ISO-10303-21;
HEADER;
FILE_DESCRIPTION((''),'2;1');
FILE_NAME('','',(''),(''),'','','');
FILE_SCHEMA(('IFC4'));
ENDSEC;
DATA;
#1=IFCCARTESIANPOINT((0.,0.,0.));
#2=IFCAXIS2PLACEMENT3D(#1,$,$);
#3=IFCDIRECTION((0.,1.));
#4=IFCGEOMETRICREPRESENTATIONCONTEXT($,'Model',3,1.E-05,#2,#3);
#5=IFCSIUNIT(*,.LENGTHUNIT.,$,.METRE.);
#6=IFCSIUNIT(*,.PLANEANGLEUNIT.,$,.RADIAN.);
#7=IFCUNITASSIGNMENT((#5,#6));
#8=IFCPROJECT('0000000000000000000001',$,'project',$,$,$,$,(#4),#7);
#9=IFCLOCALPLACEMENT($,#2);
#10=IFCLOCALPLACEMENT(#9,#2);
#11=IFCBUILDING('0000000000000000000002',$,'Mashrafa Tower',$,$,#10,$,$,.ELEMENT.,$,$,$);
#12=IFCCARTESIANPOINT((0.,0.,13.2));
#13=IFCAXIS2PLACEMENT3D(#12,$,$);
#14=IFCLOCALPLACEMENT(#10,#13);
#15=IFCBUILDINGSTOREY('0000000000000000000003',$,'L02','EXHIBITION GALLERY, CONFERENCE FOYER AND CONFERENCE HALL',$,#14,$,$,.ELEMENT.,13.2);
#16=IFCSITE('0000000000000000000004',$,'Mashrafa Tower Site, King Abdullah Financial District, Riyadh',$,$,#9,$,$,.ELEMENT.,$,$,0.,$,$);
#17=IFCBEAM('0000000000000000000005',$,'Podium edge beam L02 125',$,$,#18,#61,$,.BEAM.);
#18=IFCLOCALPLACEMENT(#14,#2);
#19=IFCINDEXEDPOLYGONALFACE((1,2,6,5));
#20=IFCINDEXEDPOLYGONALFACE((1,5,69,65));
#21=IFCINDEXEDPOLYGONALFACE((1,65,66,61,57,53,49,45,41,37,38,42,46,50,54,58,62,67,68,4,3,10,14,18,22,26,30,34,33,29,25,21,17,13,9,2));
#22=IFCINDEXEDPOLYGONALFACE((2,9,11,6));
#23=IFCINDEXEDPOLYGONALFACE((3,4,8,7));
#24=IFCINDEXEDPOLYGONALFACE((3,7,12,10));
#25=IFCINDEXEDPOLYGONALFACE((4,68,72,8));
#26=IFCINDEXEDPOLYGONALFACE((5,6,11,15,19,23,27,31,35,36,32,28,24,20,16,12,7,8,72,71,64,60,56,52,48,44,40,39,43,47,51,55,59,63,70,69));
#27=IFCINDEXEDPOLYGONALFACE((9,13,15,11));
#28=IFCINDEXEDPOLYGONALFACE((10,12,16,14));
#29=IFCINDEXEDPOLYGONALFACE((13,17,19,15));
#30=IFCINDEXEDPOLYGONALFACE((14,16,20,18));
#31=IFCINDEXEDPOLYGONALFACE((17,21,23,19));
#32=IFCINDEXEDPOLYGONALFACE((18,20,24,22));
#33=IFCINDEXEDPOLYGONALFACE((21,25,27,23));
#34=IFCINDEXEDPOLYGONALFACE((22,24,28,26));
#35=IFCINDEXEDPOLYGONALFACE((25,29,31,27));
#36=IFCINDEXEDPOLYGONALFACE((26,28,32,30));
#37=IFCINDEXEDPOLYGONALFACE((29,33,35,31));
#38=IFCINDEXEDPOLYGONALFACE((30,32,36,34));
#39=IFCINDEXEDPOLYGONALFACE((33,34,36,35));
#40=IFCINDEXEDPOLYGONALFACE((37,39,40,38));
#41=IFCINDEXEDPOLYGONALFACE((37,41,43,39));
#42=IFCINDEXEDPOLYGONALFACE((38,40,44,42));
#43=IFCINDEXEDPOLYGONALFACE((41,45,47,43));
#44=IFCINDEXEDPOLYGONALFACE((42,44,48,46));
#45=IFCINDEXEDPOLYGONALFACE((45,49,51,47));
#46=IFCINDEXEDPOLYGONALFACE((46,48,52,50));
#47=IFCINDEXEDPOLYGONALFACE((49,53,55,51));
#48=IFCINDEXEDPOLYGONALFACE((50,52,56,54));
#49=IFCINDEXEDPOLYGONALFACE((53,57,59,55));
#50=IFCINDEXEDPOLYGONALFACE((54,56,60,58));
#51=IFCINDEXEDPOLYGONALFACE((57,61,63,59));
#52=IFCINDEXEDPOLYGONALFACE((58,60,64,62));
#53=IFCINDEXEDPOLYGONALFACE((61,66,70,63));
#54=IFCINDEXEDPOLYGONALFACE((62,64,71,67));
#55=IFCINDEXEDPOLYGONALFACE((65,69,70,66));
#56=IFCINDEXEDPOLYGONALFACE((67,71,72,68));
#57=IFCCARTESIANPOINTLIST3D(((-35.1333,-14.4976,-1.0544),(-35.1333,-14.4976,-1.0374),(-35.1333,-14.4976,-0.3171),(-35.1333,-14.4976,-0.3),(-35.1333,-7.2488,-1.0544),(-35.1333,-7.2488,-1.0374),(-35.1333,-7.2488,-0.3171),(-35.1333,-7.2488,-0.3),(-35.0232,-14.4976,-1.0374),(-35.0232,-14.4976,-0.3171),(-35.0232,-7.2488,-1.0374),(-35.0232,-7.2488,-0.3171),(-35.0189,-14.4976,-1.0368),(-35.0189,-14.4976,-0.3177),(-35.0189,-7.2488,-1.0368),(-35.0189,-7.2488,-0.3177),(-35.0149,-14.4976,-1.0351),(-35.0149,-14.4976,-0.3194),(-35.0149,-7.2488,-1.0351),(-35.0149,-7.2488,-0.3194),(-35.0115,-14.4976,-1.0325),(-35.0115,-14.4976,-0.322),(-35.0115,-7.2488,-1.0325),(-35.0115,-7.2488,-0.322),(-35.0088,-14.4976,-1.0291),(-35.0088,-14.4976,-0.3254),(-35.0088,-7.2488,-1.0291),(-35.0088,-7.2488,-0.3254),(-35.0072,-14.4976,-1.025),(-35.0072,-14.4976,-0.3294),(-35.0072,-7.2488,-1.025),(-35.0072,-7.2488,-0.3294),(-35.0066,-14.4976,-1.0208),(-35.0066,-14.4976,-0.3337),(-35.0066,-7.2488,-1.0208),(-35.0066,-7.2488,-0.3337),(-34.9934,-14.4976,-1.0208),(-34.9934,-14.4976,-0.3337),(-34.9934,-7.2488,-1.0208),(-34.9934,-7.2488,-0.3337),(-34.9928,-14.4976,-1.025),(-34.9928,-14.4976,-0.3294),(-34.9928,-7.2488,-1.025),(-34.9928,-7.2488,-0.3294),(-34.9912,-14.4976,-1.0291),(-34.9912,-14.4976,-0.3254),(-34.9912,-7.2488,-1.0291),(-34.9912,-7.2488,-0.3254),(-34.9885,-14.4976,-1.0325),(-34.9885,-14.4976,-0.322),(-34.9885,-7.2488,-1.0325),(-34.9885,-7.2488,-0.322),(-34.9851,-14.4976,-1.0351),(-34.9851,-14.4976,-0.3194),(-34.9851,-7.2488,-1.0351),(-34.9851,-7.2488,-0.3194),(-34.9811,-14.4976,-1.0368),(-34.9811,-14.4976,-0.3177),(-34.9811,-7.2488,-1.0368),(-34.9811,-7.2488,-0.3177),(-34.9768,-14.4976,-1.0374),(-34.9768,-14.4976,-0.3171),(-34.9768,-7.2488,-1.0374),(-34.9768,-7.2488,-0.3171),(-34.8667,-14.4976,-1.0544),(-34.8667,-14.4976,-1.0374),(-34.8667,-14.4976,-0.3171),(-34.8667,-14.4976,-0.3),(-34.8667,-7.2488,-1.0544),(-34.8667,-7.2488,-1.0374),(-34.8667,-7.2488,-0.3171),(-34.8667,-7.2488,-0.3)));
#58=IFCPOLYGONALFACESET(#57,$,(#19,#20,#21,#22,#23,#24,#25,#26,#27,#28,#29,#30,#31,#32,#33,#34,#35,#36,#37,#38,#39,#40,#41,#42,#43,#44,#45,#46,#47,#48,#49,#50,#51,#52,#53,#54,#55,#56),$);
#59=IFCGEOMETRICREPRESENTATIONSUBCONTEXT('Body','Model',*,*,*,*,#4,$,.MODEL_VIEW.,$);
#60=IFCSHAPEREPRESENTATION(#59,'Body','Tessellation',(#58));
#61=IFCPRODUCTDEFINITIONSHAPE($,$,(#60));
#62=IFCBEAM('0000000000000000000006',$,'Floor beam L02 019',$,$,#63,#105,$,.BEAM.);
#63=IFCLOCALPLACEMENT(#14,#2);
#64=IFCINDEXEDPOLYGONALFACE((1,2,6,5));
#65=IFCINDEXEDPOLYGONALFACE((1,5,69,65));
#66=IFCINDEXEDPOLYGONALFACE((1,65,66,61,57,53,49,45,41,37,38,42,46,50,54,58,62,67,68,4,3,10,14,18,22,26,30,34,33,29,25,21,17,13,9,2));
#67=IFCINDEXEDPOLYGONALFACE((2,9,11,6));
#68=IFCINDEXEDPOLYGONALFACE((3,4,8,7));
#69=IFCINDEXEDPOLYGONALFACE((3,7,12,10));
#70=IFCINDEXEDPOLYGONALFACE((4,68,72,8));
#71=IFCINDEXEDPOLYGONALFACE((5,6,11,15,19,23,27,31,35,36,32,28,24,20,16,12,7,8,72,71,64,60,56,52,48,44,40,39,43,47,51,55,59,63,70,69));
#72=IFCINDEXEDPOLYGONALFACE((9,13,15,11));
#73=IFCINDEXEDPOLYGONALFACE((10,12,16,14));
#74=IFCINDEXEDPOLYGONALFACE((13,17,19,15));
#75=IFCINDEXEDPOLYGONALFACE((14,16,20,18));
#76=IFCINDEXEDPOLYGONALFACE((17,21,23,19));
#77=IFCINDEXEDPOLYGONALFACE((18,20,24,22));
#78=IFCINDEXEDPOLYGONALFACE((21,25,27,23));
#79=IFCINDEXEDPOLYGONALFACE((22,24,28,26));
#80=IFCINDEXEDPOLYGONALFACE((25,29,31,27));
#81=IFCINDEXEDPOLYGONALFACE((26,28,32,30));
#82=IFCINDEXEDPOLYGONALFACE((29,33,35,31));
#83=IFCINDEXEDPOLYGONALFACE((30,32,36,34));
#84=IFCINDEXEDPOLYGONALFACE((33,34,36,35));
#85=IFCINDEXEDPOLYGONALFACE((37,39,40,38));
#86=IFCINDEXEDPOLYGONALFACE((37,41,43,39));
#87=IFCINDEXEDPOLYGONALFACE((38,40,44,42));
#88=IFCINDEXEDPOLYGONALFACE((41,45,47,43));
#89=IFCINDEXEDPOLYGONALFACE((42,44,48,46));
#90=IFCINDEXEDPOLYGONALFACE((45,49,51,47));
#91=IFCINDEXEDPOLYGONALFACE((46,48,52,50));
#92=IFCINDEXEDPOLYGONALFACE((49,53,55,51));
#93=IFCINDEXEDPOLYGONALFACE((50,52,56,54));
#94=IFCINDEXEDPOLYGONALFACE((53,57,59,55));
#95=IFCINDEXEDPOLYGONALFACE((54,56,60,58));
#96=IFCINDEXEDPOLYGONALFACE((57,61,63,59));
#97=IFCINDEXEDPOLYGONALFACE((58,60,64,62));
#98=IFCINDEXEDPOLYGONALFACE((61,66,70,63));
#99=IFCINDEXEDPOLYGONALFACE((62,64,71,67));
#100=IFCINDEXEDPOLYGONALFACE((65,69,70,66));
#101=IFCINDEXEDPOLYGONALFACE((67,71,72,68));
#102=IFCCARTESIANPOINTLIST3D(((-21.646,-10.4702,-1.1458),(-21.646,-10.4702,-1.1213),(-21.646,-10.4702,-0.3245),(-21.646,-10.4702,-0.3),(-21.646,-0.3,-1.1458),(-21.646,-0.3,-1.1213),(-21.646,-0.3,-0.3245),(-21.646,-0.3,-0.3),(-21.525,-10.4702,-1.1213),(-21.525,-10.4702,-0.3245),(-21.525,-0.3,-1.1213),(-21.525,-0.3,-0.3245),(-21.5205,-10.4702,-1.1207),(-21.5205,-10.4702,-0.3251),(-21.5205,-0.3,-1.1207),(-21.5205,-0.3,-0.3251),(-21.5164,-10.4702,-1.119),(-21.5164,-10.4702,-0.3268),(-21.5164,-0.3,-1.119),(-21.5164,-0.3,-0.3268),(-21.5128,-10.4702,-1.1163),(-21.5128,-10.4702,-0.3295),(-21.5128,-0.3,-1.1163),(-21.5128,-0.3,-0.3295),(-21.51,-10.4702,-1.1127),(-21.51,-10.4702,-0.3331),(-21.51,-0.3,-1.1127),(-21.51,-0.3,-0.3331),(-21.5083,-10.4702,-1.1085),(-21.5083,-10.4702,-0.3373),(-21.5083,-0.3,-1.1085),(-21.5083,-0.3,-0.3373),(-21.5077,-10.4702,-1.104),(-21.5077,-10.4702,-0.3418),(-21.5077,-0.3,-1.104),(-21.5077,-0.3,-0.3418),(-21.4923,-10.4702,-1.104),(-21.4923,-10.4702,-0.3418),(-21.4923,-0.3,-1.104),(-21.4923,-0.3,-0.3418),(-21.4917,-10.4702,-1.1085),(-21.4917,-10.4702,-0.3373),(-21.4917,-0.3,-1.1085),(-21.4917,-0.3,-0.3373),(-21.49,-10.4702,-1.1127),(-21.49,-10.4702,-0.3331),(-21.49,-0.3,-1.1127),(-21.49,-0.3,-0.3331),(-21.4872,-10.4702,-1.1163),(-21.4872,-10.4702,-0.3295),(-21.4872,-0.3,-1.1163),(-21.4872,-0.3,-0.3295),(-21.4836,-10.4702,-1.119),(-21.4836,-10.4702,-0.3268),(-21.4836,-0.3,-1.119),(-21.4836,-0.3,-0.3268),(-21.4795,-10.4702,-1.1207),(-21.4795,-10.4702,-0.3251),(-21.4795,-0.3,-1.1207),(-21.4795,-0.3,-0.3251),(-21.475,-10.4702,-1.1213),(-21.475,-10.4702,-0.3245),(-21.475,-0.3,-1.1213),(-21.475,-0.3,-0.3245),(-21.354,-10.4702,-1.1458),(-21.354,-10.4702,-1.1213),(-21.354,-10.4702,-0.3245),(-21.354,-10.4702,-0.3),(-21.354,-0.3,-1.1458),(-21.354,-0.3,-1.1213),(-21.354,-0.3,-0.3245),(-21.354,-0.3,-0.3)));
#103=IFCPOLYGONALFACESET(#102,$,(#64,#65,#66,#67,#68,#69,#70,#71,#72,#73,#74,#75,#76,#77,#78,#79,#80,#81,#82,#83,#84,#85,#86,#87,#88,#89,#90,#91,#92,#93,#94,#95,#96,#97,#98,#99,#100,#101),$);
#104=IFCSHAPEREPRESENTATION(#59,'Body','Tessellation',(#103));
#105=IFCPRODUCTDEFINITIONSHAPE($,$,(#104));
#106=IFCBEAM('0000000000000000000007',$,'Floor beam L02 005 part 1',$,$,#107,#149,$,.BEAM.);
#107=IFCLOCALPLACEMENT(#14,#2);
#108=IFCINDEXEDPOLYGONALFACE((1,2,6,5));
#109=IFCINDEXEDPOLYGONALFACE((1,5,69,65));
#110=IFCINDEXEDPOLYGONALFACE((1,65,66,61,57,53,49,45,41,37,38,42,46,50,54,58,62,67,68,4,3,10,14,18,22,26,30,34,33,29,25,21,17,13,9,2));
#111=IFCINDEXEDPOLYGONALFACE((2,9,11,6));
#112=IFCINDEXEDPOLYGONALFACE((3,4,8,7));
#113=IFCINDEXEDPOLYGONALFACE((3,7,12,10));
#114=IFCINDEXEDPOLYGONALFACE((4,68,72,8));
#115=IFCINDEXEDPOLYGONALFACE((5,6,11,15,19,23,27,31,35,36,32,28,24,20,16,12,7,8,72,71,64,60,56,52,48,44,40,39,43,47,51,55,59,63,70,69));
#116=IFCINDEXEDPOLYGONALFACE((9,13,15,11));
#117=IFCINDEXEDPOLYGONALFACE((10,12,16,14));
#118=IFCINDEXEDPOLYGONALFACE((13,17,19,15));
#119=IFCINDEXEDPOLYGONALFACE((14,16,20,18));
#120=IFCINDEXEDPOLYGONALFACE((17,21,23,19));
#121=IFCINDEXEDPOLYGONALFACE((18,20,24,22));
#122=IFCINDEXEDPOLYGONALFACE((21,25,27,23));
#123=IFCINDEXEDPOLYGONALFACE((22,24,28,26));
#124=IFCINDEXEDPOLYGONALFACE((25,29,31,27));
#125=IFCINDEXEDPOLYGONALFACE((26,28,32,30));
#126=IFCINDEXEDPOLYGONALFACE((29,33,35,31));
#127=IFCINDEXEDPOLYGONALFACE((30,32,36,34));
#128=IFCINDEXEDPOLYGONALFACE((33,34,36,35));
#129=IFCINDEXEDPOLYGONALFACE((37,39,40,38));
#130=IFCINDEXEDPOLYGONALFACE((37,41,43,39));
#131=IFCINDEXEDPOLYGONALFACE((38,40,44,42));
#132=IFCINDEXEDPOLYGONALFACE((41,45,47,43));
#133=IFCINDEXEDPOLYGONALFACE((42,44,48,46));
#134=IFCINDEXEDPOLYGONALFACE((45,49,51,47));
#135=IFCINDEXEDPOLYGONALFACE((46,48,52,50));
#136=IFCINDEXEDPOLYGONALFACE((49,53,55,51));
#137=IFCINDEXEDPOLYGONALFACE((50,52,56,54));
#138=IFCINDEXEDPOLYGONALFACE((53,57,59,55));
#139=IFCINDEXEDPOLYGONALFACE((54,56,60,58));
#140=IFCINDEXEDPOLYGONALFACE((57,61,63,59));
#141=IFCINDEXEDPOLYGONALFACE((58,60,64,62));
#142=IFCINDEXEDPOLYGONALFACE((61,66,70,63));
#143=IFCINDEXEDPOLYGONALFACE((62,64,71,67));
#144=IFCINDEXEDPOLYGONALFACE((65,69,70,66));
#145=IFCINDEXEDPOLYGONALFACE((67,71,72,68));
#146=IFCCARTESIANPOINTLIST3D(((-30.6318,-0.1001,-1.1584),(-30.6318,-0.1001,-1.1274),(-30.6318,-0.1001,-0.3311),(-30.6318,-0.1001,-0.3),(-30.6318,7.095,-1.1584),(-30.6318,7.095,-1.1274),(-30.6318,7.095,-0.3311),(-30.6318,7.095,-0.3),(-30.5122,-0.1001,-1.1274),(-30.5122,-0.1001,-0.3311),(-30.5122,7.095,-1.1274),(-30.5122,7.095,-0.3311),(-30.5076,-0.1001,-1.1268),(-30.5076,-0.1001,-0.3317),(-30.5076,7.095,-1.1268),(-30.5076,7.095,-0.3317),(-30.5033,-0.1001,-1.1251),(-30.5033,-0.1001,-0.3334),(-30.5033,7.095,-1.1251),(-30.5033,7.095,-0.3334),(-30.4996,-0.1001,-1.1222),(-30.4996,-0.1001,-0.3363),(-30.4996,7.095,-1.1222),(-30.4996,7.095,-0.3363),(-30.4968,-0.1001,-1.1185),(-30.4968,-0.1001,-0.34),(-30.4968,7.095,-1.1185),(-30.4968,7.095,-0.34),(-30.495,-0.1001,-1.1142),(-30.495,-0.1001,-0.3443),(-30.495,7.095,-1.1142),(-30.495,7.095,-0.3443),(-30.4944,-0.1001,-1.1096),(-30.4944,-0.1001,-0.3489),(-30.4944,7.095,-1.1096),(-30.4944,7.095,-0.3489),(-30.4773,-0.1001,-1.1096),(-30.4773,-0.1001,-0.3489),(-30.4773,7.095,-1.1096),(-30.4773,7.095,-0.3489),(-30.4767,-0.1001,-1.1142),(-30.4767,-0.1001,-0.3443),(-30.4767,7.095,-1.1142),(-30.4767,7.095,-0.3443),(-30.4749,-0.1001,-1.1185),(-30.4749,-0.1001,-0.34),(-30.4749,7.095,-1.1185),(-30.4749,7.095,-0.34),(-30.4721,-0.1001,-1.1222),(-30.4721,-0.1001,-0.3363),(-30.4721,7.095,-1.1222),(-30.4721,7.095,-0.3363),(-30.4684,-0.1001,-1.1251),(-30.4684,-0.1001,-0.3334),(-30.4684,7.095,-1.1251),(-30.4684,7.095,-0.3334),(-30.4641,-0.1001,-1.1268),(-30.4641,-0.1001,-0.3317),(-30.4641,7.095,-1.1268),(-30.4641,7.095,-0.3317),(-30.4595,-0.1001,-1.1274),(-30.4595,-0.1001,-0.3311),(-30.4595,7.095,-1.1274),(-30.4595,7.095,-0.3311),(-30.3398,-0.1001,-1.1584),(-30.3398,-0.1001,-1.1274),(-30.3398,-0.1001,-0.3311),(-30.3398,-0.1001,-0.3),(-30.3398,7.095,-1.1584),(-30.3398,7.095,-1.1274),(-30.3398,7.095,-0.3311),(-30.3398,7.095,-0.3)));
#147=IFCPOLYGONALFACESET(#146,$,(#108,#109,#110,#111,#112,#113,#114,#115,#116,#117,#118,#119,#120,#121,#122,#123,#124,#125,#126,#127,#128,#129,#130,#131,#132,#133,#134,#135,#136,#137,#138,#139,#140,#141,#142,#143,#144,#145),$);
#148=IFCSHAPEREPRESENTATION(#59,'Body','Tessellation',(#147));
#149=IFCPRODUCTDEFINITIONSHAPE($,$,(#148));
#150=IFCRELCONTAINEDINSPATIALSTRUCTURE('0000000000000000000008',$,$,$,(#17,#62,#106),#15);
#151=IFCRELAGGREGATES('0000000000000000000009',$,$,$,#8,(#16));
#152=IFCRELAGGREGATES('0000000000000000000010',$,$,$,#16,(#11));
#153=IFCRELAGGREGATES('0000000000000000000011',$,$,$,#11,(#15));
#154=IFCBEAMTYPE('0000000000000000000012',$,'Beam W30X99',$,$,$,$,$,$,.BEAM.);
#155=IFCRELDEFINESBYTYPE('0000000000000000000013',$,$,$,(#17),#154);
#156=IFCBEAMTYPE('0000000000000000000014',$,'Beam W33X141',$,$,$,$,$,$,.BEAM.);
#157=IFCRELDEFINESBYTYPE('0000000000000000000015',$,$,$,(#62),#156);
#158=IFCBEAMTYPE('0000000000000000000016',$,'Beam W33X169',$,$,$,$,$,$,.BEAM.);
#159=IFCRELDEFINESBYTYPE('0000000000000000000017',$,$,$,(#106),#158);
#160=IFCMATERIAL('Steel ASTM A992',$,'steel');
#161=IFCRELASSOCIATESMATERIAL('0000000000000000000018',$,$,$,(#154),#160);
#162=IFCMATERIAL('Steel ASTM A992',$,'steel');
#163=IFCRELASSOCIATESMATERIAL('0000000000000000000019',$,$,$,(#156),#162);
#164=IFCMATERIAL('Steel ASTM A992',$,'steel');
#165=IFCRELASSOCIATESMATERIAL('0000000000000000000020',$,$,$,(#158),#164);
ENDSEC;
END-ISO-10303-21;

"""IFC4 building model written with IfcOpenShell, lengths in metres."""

from ifc_helpers import new_model, si_unit, direction, frame, origin, origin_2d, place, context, subcontext, project, spatial, i_section, extrude, material, material_profile, profile_set, type_object, element, save


model = new_model("IFC4")

# Units and contexts
model_context = context("Model", 3, precision=1e-05, world=origin(), true_north=direction((0.0, 1.0)))
body_context = subcontext(model_context, "Body", "Model", "MODEL_VIEW")
ifc_project = project(units=[si_unit("LENGTHUNIT", "METRE"), si_unit("PLANEANGLEUNIT", "RADIAN")], contexts=[model_context])

# Site, building, storey
site_placement = place(None, origin())
site = spatial("IfcSite", under=ifc_project, at=site_placement, Name="Mashrafa Tower Site, King Abdullah Financial District, Riyadh", CompositionType="ELEMENT", RefElevation=0.0)
building_placement = place(site_placement, origin())
building = spatial("IfcBuilding", under=site, at=building_placement, Name="Mashrafa Tower", CompositionType="ELEMENT")
storey_placement = place(building_placement, frame((0.0, 0.0, 13.2)))
storey = spatial("IfcBuildingStorey", under=building, at=storey_placement, Name="L02", Description="EXHIBITION GALLERY, CONFERENCE FOYER AND CONFERENCE HALL", CompositionType="ELEMENT", Elevation=13.2)

# Beams
ifc_material_1 = material(Name="Steel ASTM A992", Category="steel")
ifc_material_profile_1 = material_profile(ifc_material_1, i_section(OverallWidth=0.2666, OverallDepth=0.7544, WebThickness=0.0132, FlangeThickness=0.0171, FilletRadius=0.0166, at=origin_2d()), Name="W30X99")
ifc_profile_set_1 = profile_set([ifc_material_profile_1], Name="Steel ASTM A992")
beam_type_1 = type_object("IfcBeamType", Name="Beam W30X99", PredefinedType="BEAM", material=ifc_profile_set_1)
beam_1_placement = place(storey_placement, frame((-35.0, -7.2488, -0.6772), z_axis=(0.0, -1.0, 0.0), x_axis=(1.0, 0.0, 0.0)))
element("IfcBeam", 1, at=beam_1_placement, inside=storey, type_object=beam_type_1, Name="Podium edge beam L02 125", PredefinedType="BEAM", context=body_context, shape_type="SweptSolid", body=[
    extrude(i_section(OverallWidth=0.2666, OverallDepth=0.7544, WebThickness=0.0132, FlangeThickness=0.0171, FilletRadius=0.0166, at=origin_2d()), origin(), (0.0, 0.0, 1.0), 7.2488),
])
ifc_material_2 = material(Name="Steel ASTM A992", Category="steel")
ifc_material_profile_2 = material_profile(ifc_material_2, i_section(OverallWidth=0.292, OverallDepth=0.8457, WebThickness=0.0154, FlangeThickness=0.0244, FilletRadius=0.0173, at=origin_2d()), Name="W33X141")
ifc_profile_set_2 = profile_set([ifc_material_profile_2], Name="Steel ASTM A992")
beam_type_2 = type_object("IfcBeamType", Name="Beam W33X141", PredefinedType="BEAM", material=ifc_profile_set_2)
beam_2_placement = place(storey_placement, frame((-21.5, -10.4702, -0.7229), z_axis=(0.0, 1.0, 0.0), x_axis=(-1.0, 0.0, 0.0)))
element("IfcBeam", 2, at=beam_2_placement, inside=storey, type_object=beam_type_2, Name="Floor beam L02 019", PredefinedType="BEAM", context=body_context, shape_type="SweptSolid", body=[
    extrude(i_section(OverallWidth=0.292, OverallDepth=0.8457, WebThickness=0.0154, FlangeThickness=0.0244, FilletRadius=0.0173, at=origin_2d()), origin(), (0.0, 0.0, 1.0), 10.1702),
])
ifc_material_3 = material(Name="Steel ASTM A992", Category="steel")
ifc_material_profile_3 = material_profile(ifc_material_3, i_section(OverallWidth=0.292, OverallDepth=0.8584, WebThickness=0.0171, FlangeThickness=0.031, FilletRadius=0.0178, at=origin_2d()), Name="W33X169")
ifc_profile_set_3 = profile_set([ifc_material_profile_3], Name="Steel ASTM A992")
beam_type_3 = type_object("IfcBeamType", Name="Beam W33X169", PredefinedType="BEAM", material=ifc_profile_set_3)
beam_3_placement = place(storey_placement, frame((-30.4858, -0.1001, -0.7292), z_axis=(0.0, 1.0, 0.0), x_axis=(-1.0, 0.0, 0.0)))
element("IfcBeam", 3, at=beam_3_placement, inside=storey, type_object=beam_type_3, Name="Floor beam L02 005 part 1", PredefinedType="BEAM", context=body_context, shape_type="SweptSolid", body=[
    extrude(i_section(OverallWidth=0.292, OverallDepth=0.8584, WebThickness=0.0171, FlangeThickness=0.031, FilletRadius=0.0178, at=origin_2d()), origin(), (0.0, 0.0, 1.0), 7.1951),
])

save(model, "model.ifc")
